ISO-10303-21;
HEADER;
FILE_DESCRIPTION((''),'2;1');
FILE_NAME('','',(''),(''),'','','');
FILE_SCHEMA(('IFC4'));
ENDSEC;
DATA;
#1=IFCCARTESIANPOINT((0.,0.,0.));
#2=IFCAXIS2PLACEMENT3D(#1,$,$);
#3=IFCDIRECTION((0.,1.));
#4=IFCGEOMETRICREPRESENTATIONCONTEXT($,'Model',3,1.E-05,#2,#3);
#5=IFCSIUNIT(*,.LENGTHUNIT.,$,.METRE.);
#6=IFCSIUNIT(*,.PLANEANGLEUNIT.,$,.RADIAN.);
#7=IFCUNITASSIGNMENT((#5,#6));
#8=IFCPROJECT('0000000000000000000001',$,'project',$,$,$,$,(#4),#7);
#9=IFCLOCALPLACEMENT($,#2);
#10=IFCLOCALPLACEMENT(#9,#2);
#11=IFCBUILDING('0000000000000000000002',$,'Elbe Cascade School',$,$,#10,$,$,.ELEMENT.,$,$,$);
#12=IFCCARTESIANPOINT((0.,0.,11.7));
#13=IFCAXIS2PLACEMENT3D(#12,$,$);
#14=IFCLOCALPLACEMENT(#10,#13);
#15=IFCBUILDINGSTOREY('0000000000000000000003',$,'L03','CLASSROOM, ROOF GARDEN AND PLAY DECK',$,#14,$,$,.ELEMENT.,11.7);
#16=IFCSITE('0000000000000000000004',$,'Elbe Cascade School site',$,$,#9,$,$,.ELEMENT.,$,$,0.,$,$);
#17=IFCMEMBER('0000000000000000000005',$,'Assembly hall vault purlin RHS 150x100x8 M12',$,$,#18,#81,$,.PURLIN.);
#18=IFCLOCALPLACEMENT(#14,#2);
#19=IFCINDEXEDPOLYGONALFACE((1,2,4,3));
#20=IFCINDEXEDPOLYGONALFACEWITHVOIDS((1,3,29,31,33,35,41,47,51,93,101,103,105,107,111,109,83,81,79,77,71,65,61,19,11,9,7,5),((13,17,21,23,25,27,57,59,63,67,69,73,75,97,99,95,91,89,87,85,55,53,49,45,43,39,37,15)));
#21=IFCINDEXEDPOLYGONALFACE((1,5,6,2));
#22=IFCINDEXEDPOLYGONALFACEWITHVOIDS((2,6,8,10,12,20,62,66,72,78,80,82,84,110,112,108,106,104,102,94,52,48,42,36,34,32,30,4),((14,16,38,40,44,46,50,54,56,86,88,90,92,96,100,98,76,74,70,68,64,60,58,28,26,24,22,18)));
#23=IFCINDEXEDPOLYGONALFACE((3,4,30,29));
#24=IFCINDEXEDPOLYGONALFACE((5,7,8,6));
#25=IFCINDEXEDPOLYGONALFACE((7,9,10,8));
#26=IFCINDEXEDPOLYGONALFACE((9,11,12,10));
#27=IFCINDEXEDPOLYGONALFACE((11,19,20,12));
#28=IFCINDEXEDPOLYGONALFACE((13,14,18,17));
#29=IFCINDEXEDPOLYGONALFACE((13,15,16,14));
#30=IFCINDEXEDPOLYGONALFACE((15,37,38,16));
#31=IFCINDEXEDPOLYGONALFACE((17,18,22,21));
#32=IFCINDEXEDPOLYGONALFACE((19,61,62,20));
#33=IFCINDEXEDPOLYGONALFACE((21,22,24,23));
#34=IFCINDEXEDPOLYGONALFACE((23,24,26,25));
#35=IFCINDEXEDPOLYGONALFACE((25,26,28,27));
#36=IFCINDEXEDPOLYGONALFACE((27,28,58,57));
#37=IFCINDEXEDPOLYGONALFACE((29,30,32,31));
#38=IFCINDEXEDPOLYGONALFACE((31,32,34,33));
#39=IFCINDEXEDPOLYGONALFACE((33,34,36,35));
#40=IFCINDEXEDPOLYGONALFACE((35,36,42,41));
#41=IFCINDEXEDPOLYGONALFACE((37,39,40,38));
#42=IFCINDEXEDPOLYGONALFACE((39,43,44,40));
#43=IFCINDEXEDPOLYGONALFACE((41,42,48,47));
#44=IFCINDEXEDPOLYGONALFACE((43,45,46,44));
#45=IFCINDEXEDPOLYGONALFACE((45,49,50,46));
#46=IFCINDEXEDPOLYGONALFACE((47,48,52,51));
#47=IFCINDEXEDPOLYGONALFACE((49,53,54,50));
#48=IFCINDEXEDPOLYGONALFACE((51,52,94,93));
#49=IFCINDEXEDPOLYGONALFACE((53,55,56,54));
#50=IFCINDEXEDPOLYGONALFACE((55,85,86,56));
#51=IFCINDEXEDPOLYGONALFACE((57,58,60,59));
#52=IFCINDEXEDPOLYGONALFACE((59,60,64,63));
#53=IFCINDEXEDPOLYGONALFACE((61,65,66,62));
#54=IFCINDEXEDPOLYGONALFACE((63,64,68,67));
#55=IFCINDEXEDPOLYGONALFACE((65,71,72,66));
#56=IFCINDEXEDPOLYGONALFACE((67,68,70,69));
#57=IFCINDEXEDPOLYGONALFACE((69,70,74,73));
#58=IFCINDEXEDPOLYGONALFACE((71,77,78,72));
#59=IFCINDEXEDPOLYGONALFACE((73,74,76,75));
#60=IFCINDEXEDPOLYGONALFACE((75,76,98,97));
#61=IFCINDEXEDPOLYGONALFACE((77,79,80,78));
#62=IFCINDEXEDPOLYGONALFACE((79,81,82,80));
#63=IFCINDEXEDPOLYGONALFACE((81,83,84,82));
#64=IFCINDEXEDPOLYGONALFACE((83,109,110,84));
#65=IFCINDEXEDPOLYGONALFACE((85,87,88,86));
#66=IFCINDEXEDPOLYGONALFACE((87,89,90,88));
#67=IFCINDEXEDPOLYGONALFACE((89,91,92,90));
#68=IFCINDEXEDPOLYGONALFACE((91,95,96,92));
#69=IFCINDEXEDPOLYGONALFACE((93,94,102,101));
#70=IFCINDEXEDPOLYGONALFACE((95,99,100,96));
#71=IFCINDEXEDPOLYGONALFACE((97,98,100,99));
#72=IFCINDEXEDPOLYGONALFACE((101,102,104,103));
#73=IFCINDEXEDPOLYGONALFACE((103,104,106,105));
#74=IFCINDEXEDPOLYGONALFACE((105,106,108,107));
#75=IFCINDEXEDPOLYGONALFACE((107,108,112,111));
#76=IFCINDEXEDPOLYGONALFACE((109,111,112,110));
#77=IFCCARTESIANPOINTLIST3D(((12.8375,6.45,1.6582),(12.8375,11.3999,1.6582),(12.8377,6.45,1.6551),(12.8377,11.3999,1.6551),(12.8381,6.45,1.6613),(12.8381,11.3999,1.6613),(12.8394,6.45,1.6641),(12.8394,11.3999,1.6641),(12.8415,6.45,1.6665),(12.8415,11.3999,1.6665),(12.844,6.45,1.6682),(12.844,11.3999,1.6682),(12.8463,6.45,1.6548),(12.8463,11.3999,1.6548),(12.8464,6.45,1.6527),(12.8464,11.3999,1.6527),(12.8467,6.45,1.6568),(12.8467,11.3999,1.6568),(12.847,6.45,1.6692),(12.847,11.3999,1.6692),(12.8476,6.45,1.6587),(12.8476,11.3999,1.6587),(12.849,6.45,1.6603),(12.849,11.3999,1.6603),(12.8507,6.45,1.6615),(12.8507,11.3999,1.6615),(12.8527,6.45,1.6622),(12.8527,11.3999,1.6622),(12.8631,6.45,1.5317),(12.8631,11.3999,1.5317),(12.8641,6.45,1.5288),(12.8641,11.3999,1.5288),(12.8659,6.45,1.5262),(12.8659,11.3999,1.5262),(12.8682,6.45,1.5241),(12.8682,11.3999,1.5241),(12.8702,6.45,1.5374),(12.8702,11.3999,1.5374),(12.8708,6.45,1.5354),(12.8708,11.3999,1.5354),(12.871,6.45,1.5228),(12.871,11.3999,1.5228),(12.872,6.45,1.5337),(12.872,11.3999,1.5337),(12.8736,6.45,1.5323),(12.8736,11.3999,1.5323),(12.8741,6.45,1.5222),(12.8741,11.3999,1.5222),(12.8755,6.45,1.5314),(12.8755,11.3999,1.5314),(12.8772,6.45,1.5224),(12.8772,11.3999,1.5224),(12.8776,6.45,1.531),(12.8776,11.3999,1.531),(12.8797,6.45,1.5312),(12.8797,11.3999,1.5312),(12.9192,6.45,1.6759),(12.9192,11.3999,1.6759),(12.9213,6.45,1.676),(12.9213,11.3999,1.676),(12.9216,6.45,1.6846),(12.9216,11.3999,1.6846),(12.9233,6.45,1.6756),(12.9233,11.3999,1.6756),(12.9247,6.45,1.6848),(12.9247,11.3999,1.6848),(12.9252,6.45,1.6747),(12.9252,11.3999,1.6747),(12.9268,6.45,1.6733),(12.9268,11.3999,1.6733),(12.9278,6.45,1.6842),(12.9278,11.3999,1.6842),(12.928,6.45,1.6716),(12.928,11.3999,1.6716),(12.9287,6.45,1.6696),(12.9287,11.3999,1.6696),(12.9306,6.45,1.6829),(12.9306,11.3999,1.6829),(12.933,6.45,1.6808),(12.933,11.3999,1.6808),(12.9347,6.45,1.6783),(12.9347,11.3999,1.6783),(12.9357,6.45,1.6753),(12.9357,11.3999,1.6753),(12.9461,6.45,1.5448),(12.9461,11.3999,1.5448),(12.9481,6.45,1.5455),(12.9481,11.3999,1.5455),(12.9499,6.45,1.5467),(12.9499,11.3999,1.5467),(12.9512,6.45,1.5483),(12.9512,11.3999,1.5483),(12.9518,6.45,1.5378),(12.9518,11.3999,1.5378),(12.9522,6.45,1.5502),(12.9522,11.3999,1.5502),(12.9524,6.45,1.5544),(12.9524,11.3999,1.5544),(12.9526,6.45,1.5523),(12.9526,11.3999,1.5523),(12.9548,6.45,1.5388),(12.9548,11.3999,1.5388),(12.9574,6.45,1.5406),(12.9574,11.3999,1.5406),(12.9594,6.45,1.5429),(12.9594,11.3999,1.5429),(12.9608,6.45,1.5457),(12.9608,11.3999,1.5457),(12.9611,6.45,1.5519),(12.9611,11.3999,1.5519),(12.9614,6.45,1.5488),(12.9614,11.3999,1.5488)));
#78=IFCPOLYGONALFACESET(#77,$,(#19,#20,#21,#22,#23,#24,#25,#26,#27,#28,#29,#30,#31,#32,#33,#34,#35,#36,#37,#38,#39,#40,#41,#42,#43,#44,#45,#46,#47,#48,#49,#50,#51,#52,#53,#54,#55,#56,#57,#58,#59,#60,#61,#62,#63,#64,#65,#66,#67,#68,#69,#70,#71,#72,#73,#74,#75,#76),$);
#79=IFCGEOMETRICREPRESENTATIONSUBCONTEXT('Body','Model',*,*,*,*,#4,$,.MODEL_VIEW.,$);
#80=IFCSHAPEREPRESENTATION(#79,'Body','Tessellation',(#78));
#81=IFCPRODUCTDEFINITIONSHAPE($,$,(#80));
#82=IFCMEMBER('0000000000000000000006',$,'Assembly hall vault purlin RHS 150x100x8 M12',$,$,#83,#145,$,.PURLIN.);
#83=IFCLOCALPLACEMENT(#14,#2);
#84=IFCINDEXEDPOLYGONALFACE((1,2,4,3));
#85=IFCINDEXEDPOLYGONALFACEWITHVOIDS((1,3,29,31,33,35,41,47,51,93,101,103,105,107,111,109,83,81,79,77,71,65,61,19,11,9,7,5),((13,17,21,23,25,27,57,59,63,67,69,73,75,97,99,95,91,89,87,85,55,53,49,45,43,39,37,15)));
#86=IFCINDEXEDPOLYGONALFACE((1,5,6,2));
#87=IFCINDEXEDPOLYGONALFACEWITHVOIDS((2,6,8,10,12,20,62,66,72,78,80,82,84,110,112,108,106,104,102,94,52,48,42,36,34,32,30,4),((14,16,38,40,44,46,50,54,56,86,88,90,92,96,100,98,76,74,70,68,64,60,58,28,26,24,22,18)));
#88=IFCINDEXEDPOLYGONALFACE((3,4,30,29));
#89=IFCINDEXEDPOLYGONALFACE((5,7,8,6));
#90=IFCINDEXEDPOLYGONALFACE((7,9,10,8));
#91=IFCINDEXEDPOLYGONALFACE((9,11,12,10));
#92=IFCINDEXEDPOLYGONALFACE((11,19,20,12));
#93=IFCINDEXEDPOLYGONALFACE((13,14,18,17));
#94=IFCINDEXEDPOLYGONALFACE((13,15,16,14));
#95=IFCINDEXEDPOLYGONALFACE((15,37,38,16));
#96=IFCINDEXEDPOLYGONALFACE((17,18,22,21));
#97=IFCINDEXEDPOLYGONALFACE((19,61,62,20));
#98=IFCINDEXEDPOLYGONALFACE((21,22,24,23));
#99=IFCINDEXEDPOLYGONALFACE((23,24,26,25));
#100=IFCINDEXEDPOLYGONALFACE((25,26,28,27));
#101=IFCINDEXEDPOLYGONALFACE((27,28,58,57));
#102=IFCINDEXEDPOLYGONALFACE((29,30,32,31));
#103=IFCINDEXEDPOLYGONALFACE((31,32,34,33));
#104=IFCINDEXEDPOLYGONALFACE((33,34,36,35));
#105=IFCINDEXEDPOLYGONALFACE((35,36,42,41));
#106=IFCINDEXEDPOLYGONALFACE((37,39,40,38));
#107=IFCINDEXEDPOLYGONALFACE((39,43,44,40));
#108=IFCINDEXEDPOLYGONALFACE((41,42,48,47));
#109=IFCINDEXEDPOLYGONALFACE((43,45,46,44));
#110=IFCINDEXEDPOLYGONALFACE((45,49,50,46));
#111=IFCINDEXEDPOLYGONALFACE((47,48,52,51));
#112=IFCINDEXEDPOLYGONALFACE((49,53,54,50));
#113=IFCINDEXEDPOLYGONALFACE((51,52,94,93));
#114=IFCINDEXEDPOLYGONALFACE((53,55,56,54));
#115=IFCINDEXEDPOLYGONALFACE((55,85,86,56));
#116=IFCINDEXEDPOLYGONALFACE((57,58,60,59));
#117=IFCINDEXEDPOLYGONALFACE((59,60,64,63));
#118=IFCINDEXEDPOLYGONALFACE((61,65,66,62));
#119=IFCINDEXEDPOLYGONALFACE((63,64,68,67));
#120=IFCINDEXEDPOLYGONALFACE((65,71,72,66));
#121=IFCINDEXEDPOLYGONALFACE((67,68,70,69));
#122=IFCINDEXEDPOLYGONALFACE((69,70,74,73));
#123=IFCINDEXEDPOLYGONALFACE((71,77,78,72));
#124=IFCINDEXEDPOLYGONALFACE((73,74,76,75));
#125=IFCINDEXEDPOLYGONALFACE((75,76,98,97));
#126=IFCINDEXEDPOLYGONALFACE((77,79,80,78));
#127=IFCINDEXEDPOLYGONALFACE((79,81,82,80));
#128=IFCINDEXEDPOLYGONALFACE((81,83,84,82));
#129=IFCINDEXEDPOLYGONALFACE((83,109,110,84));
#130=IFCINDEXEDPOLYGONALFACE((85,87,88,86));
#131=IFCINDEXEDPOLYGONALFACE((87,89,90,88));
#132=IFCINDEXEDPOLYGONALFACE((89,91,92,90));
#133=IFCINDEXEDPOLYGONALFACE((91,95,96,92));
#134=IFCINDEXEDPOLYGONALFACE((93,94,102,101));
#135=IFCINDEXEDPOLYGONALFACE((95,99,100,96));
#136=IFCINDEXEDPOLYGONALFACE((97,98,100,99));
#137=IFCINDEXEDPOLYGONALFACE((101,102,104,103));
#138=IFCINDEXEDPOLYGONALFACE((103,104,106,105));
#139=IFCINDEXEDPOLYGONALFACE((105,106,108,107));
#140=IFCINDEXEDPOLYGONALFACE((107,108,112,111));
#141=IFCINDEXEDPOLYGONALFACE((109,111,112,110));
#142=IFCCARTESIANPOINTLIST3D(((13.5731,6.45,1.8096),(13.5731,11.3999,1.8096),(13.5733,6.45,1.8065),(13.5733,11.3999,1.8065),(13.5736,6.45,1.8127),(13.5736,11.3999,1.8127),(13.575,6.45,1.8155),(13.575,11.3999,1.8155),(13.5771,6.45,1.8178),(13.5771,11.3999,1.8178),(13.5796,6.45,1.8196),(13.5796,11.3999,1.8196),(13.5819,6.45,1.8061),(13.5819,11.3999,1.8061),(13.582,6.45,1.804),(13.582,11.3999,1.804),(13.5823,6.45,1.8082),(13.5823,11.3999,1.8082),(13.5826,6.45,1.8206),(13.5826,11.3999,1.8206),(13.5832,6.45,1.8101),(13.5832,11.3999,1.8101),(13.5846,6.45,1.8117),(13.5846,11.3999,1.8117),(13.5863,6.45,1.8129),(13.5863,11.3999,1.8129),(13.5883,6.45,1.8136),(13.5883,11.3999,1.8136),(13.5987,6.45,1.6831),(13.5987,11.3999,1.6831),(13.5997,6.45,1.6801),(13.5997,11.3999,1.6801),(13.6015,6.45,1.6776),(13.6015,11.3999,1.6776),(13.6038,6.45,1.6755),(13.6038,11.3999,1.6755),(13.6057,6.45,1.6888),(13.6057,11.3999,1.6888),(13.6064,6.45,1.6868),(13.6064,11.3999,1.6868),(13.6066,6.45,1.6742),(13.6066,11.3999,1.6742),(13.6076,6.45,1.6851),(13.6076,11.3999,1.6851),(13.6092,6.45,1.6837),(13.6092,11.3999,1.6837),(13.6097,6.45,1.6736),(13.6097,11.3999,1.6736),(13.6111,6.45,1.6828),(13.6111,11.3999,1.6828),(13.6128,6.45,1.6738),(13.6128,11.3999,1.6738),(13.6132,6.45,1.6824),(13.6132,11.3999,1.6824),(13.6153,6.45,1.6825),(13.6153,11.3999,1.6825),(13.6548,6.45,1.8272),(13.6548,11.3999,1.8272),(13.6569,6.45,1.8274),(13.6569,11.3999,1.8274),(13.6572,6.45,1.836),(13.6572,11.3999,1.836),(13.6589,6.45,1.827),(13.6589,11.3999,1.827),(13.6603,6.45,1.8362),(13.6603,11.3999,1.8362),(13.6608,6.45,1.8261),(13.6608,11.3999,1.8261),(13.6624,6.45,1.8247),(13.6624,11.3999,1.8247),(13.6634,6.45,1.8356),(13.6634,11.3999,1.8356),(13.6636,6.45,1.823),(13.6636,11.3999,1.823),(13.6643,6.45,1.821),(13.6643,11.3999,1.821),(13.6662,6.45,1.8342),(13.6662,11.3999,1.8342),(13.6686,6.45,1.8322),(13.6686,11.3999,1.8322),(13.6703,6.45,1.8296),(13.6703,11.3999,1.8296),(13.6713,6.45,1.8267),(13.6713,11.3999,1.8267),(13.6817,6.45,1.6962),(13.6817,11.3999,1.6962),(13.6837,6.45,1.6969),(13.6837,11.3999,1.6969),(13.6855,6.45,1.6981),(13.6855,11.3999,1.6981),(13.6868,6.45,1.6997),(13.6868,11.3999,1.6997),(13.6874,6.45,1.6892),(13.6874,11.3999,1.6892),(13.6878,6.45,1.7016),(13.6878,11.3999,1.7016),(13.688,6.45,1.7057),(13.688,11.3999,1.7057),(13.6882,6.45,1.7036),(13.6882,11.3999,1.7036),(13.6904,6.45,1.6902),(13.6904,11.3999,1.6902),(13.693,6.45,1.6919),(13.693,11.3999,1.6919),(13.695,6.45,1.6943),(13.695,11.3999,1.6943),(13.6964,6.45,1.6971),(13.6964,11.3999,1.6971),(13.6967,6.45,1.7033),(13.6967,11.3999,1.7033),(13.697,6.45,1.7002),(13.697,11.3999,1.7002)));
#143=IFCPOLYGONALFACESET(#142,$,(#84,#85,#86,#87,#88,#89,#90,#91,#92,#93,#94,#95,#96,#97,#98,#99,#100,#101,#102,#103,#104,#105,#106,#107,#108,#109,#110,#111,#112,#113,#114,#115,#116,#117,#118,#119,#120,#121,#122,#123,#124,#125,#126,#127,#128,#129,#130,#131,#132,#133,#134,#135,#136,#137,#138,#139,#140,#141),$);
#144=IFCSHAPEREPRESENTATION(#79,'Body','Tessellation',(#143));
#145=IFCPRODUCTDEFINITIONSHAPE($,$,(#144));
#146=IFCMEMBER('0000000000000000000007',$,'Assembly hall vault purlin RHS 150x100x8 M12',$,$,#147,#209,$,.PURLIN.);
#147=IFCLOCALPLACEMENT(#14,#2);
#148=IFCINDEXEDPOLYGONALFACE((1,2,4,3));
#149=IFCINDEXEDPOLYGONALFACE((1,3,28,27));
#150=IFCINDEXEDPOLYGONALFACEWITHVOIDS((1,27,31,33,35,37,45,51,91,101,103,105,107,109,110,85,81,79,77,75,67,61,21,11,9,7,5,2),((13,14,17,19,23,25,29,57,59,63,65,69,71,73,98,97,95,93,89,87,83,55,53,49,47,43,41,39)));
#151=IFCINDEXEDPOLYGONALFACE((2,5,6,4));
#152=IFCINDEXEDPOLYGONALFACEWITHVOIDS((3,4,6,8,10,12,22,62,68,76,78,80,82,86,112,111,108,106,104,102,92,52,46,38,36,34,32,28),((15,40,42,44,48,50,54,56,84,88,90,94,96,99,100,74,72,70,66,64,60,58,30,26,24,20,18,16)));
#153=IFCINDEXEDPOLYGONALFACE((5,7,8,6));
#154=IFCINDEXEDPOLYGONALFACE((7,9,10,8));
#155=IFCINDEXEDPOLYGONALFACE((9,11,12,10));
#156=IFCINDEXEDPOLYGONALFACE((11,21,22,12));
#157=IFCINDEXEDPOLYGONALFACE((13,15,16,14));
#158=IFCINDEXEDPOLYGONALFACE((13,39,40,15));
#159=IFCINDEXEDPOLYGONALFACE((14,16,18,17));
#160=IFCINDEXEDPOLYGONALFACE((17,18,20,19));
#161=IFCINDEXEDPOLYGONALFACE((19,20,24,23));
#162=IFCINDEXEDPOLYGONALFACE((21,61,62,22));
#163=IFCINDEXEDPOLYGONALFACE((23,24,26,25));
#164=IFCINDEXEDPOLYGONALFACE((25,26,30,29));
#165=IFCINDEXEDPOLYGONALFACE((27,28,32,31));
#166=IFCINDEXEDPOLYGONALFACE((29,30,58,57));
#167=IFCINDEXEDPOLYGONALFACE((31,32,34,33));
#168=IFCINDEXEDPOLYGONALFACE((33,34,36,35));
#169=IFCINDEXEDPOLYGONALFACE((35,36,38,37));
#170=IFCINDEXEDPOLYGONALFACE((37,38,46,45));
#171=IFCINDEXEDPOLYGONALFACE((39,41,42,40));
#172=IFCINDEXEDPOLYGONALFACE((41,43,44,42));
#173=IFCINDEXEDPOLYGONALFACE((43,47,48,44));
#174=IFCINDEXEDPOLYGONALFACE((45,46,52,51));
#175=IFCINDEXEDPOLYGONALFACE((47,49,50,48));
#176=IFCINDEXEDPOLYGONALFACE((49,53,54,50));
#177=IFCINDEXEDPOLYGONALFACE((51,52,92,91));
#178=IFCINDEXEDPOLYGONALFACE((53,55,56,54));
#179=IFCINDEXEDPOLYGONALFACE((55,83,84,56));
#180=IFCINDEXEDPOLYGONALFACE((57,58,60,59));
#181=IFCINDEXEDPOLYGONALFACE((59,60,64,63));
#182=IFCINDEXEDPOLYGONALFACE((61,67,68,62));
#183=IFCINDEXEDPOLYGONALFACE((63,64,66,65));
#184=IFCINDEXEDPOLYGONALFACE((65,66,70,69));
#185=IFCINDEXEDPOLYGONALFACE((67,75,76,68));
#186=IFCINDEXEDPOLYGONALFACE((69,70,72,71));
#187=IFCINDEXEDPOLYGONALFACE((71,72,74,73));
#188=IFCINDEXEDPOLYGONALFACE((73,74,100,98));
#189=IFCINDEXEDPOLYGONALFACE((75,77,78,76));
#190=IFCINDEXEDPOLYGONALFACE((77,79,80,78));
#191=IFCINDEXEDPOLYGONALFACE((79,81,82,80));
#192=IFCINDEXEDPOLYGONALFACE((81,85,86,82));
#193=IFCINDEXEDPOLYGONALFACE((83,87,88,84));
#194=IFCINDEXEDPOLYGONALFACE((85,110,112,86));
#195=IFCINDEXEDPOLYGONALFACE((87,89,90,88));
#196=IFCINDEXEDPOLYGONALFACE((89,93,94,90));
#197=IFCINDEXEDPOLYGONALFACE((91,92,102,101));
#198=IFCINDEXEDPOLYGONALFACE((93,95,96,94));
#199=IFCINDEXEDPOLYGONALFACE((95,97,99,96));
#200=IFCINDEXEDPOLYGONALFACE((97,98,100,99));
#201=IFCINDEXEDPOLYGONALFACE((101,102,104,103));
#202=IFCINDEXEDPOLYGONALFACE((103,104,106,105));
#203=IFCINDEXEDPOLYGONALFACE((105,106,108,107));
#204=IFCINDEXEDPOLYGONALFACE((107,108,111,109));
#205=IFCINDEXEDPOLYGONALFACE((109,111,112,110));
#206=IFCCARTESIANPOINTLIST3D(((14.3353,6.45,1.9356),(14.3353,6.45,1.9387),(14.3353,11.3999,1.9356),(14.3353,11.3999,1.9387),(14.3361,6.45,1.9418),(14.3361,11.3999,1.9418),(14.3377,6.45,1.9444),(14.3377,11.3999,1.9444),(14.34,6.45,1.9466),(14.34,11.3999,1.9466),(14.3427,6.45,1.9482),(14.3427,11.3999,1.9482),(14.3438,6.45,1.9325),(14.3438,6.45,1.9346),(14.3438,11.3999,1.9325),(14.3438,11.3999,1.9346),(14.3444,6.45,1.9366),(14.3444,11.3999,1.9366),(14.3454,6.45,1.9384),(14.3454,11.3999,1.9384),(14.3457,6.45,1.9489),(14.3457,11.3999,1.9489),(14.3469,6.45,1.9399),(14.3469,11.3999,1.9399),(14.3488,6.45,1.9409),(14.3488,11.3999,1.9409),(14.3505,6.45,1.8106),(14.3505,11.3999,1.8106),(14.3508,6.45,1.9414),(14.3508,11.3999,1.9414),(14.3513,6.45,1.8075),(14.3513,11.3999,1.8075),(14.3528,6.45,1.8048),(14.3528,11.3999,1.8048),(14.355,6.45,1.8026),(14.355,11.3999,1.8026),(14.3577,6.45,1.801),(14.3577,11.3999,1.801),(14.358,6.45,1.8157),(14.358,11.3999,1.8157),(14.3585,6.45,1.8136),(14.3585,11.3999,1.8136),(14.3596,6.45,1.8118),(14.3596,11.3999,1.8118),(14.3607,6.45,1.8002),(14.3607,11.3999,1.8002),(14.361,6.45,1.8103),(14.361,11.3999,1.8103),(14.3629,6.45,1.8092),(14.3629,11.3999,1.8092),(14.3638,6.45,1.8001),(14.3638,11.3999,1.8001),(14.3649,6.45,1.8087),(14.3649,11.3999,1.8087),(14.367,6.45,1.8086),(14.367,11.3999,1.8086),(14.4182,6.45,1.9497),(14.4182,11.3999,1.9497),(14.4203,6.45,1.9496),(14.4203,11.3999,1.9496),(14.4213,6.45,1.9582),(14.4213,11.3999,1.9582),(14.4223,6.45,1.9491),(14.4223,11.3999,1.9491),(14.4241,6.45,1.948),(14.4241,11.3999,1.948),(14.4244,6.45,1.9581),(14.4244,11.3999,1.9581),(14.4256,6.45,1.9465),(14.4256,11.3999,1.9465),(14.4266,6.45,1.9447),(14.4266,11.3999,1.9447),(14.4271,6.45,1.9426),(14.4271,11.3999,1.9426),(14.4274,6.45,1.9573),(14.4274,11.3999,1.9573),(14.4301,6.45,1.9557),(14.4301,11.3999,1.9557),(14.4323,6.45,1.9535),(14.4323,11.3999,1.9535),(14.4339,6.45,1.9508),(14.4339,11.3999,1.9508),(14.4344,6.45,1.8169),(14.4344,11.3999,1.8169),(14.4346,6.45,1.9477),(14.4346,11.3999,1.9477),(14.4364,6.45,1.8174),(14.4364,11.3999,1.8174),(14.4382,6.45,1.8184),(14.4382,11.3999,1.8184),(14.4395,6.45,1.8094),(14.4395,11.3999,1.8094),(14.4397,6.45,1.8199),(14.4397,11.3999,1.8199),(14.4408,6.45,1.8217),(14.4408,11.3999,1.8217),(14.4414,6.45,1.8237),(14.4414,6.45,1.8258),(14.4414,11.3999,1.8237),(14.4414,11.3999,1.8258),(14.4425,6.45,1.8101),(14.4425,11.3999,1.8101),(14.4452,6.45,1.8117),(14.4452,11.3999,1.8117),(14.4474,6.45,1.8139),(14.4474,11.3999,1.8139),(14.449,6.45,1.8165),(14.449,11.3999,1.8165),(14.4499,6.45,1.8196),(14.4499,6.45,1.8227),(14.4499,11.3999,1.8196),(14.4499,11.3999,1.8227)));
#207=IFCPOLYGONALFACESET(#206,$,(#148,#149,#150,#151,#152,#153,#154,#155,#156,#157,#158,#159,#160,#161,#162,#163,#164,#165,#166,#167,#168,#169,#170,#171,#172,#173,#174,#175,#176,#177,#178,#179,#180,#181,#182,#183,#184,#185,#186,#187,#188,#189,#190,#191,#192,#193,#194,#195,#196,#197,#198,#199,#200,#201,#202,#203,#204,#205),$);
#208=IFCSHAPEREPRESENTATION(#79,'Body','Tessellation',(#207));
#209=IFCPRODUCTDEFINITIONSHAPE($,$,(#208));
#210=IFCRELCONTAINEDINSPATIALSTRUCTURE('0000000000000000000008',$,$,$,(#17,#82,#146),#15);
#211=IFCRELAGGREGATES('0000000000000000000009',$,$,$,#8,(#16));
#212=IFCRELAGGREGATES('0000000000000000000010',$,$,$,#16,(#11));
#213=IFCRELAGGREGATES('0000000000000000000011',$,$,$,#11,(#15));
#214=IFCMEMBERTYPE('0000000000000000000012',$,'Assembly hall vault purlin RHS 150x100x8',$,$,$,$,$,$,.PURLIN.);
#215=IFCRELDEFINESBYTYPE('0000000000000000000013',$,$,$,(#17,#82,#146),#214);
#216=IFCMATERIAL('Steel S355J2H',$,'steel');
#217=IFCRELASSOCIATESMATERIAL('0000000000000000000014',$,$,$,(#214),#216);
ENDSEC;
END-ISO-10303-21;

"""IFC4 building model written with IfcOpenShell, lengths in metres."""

from ifc_helpers import new_model, si_unit, direction, frame, origin, origin_2d, place, context, subcontext, project, spatial, hollow_rectangle, extrude, material, material_profile, profile_set, type_object, element, save


model = new_model("IFC4")

# Units and contexts
model_context = context("Model", 3, precision=1e-05, world=origin(), true_north=direction((0.0, 1.0)))
body_context = subcontext(model_context, "Body", "Model", "MODEL_VIEW")
ifc_project = project(units=[si_unit("LENGTHUNIT", "METRE"), si_unit("PLANEANGLEUNIT", "RADIAN")], contexts=[model_context])

# Site, building, storey
site_placement = place(None, origin())
site = spatial("IfcSite", under=ifc_project, at=site_placement, Name="Elbe Cascade School site", CompositionType="ELEMENT", RefElevation=0.0)
building_placement = place(site_placement, origin())
building = spatial("IfcBuilding", under=site, at=building_placement, Name="Elbe Cascade School", CompositionType="ELEMENT")
storey_placement = place(building_placement, frame((0.0, 0.0, 11.7)))
storey = spatial("IfcBuildingStorey", under=building, at=storey_placement, Name="L03", Description="CLASSROOM, ROOF GARDEN AND PLAY DECK", CompositionType="ELEMENT", Elevation=11.7)

# Members
ifc_material_1 = material(Name="Steel S355J2H", Category="steel")
ifc_material_profile_1 = material_profile(ifc_material_1, hollow_rectangle(XDim=0.1001, YDim=0.1499, WallThickness=0.0081, InnerFilletRadius=0.0081, OuterFilletRadius=0.012, at=origin_2d()), Name="RHS 150x100x8")
ifc_profile_set_1 = profile_set([ifc_material_profile_1], Name="Steel S355J2H")
member_type_1 = type_object("IfcMemberType", Name="Assembly hall vault purlin RHS 150x100x8", PredefinedType="PURLIN", material=ifc_profile_set_1)
for number, where, z_axis, x_axis, name in (
    (1, (12.8994, 6.45, 1.6035), (0.0, 1.0, 0.0), (-0.979451, 0.0, -0.201683), "Assembly hall vault purlin RHS 150x100x8 M12"),
    (2, (13.635, 6.45, 1.7549), (0.0, 1.0, 0.0), (-0.979451, 0.0, -0.201683), "Assembly hall vault purlin RHS 150x100x8 M12"),
    (3, (14.3926, 6.45, 1.8792), (0.0, 1.0, 0.0), (-0.992652, 0.0, -0.121003), "Assembly hall vault purlin RHS 150x100x8 M12"),
):
    element("IfcMember", number, at=place(storey_placement, frame(where, z_axis=z_axis, x_axis=x_axis)), inside=storey, type_object=member_type_1, Name=name, PredefinedType="PURLIN", context=body_context, shape_type="SweptSolid", body=[
        extrude(hollow_rectangle(XDim=0.1001, YDim=0.1499, WallThickness=0.0081, InnerFilletRadius=0.0081, OuterFilletRadius=0.012, at=origin_2d()), origin(), (0.0, 0.0, 1.0), 4.95),
    ])

save(model, "model.ifc")
